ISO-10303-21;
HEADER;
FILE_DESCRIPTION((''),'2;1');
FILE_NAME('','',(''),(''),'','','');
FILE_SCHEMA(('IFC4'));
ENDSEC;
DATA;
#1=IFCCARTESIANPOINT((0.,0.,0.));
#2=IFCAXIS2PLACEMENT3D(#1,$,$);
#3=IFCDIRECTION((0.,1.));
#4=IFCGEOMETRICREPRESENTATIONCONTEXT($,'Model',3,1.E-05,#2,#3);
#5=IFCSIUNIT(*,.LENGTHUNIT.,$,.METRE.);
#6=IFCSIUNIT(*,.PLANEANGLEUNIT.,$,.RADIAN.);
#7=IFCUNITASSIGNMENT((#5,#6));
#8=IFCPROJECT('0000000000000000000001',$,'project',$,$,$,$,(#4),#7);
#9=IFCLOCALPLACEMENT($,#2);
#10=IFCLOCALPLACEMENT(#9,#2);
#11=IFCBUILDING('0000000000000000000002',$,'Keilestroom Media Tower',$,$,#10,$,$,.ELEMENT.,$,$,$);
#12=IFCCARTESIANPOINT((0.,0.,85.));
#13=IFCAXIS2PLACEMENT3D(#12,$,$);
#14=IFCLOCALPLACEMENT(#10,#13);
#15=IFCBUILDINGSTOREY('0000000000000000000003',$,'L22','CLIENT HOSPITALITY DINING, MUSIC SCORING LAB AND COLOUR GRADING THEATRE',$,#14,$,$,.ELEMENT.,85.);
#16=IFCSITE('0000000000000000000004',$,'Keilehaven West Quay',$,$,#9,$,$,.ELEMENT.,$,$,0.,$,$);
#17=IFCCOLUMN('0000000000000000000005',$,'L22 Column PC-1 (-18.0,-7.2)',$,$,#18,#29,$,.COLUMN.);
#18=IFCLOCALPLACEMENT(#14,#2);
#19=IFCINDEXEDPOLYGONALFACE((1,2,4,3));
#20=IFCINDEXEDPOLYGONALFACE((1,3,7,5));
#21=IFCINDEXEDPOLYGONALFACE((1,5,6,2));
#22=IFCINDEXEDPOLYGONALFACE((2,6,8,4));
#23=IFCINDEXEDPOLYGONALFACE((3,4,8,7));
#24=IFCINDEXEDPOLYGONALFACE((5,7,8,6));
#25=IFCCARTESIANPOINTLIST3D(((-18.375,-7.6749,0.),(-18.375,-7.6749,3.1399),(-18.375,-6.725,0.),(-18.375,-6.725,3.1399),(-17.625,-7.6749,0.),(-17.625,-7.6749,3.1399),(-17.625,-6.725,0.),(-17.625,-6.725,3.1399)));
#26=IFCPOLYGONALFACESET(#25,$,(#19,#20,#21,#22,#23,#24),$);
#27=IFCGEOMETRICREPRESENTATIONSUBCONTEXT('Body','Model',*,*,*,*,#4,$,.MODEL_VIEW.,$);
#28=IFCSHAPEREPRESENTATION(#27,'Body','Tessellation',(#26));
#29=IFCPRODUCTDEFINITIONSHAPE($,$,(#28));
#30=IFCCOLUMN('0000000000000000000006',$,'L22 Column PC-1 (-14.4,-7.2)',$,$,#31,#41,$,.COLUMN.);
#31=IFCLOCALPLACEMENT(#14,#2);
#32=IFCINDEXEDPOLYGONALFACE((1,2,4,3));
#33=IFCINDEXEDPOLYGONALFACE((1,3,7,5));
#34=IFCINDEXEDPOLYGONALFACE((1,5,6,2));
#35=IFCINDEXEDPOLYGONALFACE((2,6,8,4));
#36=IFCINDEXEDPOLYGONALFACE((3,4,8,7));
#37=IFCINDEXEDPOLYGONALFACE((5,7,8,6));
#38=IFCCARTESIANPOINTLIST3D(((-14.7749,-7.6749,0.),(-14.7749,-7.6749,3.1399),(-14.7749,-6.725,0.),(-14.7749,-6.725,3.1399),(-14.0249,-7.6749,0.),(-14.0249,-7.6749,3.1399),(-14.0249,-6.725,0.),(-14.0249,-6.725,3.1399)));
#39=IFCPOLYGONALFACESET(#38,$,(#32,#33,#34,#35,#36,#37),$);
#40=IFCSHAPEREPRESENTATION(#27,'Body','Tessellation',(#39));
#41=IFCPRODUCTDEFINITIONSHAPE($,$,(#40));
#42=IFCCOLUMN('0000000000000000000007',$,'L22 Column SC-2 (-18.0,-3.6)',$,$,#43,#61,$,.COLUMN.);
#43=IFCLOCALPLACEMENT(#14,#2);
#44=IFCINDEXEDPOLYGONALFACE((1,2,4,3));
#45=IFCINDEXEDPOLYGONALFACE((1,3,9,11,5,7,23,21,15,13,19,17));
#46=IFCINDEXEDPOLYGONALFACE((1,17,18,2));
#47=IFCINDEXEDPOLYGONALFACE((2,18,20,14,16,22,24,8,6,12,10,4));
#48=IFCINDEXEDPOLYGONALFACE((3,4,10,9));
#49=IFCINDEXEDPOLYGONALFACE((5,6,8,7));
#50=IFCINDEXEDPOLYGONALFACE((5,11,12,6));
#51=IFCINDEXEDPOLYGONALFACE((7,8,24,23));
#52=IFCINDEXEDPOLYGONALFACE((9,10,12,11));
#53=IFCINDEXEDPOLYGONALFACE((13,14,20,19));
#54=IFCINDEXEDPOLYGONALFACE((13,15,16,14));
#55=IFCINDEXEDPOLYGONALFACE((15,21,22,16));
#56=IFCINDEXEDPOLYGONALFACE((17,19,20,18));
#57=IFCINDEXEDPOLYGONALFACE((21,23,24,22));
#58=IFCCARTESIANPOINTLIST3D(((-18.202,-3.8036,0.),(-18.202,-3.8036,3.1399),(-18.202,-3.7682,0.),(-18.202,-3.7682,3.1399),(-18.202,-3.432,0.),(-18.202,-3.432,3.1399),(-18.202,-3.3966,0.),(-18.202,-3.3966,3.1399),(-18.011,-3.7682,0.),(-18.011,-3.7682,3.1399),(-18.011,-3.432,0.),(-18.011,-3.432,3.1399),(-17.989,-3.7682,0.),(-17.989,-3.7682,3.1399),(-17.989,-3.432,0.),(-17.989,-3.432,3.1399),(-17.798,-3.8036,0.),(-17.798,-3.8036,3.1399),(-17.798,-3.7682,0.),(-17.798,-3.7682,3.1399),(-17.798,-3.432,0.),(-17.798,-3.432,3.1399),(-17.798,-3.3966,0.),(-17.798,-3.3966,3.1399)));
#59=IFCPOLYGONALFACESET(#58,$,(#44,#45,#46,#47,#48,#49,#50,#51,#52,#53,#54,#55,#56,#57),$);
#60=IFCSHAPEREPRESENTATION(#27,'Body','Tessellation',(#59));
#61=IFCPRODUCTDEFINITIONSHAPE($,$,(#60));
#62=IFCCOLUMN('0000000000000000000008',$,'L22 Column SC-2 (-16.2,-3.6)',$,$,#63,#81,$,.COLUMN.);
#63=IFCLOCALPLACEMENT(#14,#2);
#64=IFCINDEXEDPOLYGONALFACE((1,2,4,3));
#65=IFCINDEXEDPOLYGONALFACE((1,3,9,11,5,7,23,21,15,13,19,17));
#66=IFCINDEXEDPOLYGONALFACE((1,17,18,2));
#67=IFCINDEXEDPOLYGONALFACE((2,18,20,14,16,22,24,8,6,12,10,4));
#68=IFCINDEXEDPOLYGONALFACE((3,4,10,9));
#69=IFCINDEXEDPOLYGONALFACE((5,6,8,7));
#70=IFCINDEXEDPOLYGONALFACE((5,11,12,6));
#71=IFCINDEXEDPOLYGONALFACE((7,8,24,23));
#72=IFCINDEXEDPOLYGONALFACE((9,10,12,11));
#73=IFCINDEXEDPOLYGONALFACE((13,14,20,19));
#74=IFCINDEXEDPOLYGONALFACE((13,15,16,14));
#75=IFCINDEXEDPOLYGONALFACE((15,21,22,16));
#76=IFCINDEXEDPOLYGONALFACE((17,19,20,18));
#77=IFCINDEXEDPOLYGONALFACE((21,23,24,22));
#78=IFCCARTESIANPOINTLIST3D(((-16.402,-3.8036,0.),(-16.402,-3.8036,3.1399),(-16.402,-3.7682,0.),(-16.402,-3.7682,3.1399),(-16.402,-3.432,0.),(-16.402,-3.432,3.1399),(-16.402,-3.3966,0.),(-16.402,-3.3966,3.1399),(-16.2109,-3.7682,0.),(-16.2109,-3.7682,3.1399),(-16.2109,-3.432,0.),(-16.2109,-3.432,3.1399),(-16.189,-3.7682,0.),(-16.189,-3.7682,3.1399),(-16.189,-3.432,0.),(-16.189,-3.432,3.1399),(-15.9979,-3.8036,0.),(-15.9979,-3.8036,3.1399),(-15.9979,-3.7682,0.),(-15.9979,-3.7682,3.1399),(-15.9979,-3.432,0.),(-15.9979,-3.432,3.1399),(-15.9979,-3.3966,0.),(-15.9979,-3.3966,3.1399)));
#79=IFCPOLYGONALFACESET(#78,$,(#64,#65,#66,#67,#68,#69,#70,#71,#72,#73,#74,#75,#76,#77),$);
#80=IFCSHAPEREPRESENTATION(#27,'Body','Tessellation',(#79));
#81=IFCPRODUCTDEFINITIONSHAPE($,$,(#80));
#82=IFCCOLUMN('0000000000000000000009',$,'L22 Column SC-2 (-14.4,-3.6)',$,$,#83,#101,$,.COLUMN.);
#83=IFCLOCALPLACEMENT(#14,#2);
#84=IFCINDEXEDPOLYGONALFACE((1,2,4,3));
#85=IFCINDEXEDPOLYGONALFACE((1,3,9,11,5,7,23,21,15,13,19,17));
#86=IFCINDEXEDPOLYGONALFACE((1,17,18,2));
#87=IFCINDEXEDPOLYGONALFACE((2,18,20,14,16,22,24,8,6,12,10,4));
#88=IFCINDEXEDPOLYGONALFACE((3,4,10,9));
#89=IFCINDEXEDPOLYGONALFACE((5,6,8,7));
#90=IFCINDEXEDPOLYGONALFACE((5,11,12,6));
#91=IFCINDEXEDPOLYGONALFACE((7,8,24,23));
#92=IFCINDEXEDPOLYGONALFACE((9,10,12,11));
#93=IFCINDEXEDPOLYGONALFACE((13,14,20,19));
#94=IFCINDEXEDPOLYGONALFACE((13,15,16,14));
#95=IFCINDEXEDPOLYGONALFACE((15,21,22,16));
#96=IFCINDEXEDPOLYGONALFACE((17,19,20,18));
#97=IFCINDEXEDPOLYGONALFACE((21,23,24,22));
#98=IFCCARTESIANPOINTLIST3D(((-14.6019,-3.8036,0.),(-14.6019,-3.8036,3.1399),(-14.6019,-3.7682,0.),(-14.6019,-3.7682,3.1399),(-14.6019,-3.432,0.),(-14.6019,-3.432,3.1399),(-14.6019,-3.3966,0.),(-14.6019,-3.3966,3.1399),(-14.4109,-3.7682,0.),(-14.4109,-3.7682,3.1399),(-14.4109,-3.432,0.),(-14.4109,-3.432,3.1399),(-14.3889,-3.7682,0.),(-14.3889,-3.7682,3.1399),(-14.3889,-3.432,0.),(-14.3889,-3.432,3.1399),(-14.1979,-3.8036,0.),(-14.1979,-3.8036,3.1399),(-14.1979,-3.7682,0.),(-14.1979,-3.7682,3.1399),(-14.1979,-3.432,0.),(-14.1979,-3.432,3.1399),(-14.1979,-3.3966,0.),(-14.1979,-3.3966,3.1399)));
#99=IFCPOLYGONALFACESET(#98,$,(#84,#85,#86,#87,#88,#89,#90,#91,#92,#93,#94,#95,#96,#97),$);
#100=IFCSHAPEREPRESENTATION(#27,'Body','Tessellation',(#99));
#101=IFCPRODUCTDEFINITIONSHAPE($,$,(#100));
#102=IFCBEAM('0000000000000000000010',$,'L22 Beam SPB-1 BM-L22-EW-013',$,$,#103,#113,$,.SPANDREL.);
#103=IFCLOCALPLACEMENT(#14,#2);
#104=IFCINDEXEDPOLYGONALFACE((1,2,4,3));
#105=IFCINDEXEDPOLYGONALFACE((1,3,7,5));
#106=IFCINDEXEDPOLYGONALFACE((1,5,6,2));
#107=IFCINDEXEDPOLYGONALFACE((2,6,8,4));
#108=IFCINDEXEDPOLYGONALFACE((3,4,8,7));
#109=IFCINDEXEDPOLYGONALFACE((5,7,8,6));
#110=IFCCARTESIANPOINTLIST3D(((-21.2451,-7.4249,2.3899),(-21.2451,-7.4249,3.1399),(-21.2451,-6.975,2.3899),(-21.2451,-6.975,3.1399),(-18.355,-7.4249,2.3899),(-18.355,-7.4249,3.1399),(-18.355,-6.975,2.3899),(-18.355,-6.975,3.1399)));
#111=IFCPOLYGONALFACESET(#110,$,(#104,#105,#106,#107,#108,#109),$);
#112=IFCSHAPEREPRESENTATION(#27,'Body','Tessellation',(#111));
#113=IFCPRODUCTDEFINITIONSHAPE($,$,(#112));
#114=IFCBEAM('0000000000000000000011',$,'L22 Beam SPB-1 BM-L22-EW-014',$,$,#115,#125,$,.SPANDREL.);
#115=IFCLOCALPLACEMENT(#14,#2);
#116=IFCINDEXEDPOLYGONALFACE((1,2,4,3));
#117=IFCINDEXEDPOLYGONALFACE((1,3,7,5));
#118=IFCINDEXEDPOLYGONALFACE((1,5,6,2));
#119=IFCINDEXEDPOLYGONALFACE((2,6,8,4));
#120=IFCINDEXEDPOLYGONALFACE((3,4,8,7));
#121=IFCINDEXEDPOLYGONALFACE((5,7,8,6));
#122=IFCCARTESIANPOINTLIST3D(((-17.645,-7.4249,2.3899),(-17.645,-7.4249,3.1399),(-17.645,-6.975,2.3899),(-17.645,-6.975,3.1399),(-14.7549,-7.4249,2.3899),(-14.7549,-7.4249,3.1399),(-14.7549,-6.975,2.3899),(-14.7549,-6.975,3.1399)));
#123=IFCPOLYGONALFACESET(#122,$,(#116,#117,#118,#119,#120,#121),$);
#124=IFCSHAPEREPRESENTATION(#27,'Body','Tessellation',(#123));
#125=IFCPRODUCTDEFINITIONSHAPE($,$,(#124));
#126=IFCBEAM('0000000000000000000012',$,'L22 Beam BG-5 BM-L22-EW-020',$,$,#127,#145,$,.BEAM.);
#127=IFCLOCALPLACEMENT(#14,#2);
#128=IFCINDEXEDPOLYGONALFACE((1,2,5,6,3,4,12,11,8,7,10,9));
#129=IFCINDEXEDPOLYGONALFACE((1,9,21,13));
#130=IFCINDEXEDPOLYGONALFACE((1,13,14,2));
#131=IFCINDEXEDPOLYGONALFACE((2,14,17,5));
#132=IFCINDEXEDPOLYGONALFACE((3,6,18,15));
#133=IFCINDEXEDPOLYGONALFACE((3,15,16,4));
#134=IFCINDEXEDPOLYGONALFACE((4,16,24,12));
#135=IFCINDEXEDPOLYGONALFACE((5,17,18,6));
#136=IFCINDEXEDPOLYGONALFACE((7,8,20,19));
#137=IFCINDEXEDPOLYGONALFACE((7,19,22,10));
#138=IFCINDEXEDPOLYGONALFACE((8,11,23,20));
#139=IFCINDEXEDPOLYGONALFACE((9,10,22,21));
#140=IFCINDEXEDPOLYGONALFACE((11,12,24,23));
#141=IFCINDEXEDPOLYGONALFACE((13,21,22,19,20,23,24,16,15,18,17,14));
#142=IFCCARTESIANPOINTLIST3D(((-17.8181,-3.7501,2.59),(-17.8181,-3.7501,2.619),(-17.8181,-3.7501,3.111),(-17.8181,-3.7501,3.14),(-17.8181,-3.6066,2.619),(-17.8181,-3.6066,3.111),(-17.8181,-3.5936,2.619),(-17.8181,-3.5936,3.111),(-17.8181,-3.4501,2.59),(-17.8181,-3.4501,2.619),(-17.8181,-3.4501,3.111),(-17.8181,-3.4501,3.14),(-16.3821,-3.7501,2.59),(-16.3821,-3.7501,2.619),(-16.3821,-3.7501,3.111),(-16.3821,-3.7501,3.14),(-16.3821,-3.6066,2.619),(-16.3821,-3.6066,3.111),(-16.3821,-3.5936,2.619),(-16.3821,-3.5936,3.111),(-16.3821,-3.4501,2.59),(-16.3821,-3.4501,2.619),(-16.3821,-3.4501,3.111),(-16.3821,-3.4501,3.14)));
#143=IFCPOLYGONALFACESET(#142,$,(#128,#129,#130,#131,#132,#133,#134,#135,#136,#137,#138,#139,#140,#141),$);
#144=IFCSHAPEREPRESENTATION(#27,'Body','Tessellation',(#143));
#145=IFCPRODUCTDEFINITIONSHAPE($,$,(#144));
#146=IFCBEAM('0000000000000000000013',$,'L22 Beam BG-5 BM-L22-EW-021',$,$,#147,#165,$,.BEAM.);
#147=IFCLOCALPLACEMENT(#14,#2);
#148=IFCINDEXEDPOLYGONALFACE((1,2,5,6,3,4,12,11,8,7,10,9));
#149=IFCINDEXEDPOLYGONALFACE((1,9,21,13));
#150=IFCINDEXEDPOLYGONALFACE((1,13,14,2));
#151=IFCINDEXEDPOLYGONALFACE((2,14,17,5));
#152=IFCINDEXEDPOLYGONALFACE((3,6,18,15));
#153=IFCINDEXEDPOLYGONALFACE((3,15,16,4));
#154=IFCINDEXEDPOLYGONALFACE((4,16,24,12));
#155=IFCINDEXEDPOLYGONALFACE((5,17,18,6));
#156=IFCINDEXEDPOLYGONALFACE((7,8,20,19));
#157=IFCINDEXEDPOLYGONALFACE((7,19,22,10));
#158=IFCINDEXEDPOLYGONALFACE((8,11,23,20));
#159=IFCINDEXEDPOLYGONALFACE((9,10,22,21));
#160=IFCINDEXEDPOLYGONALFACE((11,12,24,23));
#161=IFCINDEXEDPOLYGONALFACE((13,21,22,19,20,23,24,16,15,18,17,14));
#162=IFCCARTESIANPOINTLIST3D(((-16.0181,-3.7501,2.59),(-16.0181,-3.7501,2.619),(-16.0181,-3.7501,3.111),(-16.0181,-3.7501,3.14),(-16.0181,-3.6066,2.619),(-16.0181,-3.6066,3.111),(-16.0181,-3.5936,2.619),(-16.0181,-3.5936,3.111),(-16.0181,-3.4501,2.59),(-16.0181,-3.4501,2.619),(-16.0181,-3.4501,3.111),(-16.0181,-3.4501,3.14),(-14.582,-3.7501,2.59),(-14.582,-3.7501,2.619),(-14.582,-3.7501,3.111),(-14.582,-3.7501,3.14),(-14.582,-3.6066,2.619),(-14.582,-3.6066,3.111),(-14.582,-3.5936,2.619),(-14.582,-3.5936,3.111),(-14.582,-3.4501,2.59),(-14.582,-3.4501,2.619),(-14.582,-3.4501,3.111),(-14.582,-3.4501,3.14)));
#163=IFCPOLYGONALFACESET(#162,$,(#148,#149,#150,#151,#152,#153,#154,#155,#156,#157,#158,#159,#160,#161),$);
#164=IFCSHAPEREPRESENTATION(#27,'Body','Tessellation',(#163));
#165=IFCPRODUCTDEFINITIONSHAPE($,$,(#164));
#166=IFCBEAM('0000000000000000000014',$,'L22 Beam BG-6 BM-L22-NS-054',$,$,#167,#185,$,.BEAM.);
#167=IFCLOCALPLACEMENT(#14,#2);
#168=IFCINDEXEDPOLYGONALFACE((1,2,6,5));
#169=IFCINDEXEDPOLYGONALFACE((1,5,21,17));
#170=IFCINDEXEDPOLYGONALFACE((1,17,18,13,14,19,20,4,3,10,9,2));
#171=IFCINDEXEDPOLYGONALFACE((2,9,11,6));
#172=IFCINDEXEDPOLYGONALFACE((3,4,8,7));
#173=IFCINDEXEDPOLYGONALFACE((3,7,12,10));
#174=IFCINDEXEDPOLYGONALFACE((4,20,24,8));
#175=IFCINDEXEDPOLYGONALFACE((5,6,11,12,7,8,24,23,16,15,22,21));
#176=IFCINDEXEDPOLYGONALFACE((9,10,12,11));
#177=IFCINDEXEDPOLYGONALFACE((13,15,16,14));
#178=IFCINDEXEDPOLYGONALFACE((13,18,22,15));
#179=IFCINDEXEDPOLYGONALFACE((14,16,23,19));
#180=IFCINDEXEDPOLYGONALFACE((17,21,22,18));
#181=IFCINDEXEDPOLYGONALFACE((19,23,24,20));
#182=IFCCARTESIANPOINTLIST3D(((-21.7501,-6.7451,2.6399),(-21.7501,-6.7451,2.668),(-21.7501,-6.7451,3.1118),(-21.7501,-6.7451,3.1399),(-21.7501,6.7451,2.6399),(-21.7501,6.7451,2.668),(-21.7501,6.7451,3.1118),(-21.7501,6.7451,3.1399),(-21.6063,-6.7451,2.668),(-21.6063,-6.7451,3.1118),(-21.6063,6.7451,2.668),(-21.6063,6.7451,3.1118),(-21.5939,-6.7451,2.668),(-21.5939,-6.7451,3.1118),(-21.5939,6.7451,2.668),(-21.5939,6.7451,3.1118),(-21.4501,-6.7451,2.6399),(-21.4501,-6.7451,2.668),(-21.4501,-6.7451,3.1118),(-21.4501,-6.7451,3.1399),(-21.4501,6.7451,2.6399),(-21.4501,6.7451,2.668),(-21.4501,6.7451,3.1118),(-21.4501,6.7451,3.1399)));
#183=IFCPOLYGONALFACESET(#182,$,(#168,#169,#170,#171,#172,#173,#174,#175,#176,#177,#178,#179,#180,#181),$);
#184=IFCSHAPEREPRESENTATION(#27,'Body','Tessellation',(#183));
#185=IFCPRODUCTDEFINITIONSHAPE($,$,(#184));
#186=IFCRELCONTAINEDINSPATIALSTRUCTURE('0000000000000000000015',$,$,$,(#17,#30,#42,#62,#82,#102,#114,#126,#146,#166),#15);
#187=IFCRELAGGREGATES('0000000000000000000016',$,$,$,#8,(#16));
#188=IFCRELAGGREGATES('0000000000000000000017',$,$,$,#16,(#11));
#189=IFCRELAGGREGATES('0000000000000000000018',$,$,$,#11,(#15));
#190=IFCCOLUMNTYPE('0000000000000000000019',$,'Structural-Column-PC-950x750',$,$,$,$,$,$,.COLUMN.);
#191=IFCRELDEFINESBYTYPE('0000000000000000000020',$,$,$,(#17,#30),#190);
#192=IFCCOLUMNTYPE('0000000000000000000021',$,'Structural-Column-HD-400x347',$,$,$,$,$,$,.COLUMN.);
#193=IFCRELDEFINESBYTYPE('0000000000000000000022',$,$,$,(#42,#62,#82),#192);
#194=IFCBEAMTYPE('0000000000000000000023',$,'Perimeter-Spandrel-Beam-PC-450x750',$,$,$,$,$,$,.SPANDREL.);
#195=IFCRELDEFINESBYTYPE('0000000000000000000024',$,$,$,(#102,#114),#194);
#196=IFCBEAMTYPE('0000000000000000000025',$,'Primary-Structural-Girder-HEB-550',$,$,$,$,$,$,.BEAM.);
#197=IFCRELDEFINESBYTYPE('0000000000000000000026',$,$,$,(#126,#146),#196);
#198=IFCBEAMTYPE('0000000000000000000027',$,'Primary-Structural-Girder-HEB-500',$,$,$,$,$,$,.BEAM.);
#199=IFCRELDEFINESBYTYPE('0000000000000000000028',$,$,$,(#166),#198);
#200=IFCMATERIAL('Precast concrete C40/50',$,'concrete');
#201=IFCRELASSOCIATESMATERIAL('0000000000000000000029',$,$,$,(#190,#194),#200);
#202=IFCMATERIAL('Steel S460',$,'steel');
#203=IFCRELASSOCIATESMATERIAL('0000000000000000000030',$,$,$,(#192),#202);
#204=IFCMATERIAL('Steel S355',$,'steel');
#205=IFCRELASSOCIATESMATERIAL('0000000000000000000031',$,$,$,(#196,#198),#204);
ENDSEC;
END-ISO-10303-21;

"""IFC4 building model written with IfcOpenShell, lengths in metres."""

from ifc_helpers import new_model, si_unit, direction, frame, origin, origin_2d, place, context, subcontext, project, spatial, rectangle, i_section, extrude, source, transform, mapped, material, material_profile, profile_set, type_object, element, save


model = new_model("IFC4")

# Units and contexts
model_context = context("Model", 3, precision=1e-05, world=origin(), true_north=direction((0.0, 1.0)))
body_context = subcontext(model_context, "Body", "Model", "MODEL_VIEW")
ifc_project = project(units=[si_unit("LENGTHUNIT", "METRE"), si_unit("PLANEANGLEUNIT", "RADIAN")], contexts=[model_context])

# Site, building, storey
site_placement = place(None, origin())
site = spatial("IfcSite", under=ifc_project, at=site_placement, Name="Keilehaven West Quay", CompositionType="ELEMENT", RefElevation=0.0)
building_placement = place(site_placement, origin())
building = spatial("IfcBuilding", under=site, at=building_placement, Name="Keilestroom Media Tower", CompositionType="ELEMENT")
storey_placement = place(building_placement, frame((0.0, 0.0, 85.0)))
storey = spatial("IfcBuildingStorey", under=building, at=storey_placement, Name="L22", Description="CLIENT HOSPITALITY DINING, MUSIC SCORING LAB AND COLOUR GRADING THEATRE", CompositionType="ELEMENT", Elevation=85.0)

# Columns
ifc_material_1 = material(Name="Precast concrete C40/50", Category="concrete")
ifc_material_profile_1 = material_profile(ifc_material_1, rectangle(XDim=0.75, YDim=0.95, at=origin_2d()), Name="PC 950x750")
ifc_profile_set_1 = profile_set([ifc_material_profile_1], Name="Precast concrete C40/50")
column_type_1 = type_object("IfcColumnType", Name="Structural-Column-PC-950x750", PredefinedType="COLUMN", material=ifc_profile_set_1)
shared_shape_1 = source(origin(), body_context, "Body", "SweptSolid", [
    extrude(rectangle(XDim=0.75, YDim=0.95, at=origin_2d()), origin(), (0.0, 0.0, 1.0), 3.1399),
])
for number, where, z_axis, x_axis, name in (
    (1, (-18.0, -7.2, 0.0), (0.0, 0.0, 1.0), (1.0, 0.0, 0.0), "L22 Column PC-1 (-18.0,-7.2)"),
    (2, (-14.3999, -7.2, 0.0), (0.0, 0.0, 1.0), (1.0, 0.0, 0.0), "L22 Column PC-1 (-14.4,-7.2)"),
):
    element("IfcColumn", number, at=place(storey_placement, frame(where, z_axis=z_axis, x_axis=x_axis)), inside=storey, type_object=column_type_1, Name=name, PredefinedType="COLUMN", context=body_context, shape_type="MappedRepresentation", body=[
        mapped(shared_shape_1, transform((0.0, 0.0, 0.0), x_axis=(1.0, 0.0, 0.0), y_axis=(0.0, 1.0, 0.0), z_axis=(0.0, 0.0, 1.0), scale=1.0)),
    ])
ifc_material_2 = material(Name="Steel S460", Category="steel")
ifc_material_profile_2 = material_profile(ifc_material_2, i_section(OverallWidth=0.4041, OverallDepth=0.407, WebThickness=0.022, FlangeThickness=0.0354, at=origin_2d()), Name="HD 400x347")
ifc_profile_set_2 = profile_set([ifc_material_profile_2], Name="Steel S460")
column_type_2 = type_object("IfcColumnType", Name="Structural-Column-HD-400x347", PredefinedType="COLUMN", material=ifc_profile_set_2)
shared_shape_2 = source(origin(), body_context, "Body", "SweptSolid", [
    extrude(i_section(OverallWidth=0.4041, OverallDepth=0.407, WebThickness=0.022, FlangeThickness=0.0354, at=origin_2d()), origin(), (0.0, 0.0, 1.0), 3.1399),
])
for number, where, z_axis, x_axis, name in (
    (3, (-18.0, -3.6001, 0.0), (0.0, 0.0, 1.0), (1.0, 0.0, 0.0), "L22 Column SC-2 (-18.0,-3.6)"),
    (4, (-16.2, -3.6001, 0.0), (0.0, 0.0, 1.0), (1.0, 0.0, 0.0), "L22 Column SC-2 (-16.2,-3.6)"),
    (5, (-14.3999, -3.6001, 0.0), (0.0, 0.0, 1.0), (1.0, 0.0, 0.0), "L22 Column SC-2 (-14.4,-3.6)"),
):
    element("IfcColumn", number, at=place(storey_placement, frame(where, z_axis=z_axis, x_axis=x_axis)), inside=storey, type_object=column_type_2, Name=name, PredefinedType="COLUMN", context=body_context, shape_type="MappedRepresentation", body=[
        mapped(shared_shape_2, transform((0.0, 0.0, 0.0), x_axis=(1.0, 0.0, 0.0), y_axis=(0.0, 1.0, 0.0), z_axis=(0.0, 0.0, 1.0), scale=1.0)),
    ])

# Beams
ifc_material_profile_3 = material_profile(ifc_material_1, rectangle(XDim=0.45, YDim=0.75, at=origin_2d()), Name="PC 450x750")
ifc_profile_set_3 = profile_set([ifc_material_profile_3], Name="Precast concrete C40/50")
beam_type_1 = type_object("IfcBeamType", Name="Perimeter-Spandrel-Beam-PC-450x750", PredefinedType="SPANDREL", material=ifc_profile_set_3)
shared_shape_3 = source(origin(), body_context, "Body", "SweptSolid", [
    extrude(rectangle(XDim=0.45, YDim=0.75, at=origin_2d()), origin(), (0.0, 0.0, 1.0), 2.8901),
])
for number, where, z_axis, x_axis, name in (
    (6, (-21.2451, -7.2, 2.7649), (1.0, 0.0, 0.0), (0.0, 1.0, 0.0), "L22 Beam SPB-1 BM-L22-EW-013"),
    (7, (-17.645, -7.2, 2.7649), (1.0, 0.0, 0.0), (0.0, 1.0, 0.0), "L22 Beam SPB-1 BM-L22-EW-014"),
):
    element("IfcBeam", number, at=place(storey_placement, frame(where, z_axis=z_axis, x_axis=x_axis)), inside=storey, type_object=beam_type_1, Name=name, PredefinedType="SPANDREL", context=body_context, shape_type="MappedRepresentation", body=[
        mapped(shared_shape_3, transform((0.0, 0.0, 0.0), x_axis=(1.0, 0.0, 0.0), y_axis=(0.0, 1.0, 0.0), z_axis=(0.0, 0.0, 1.0), scale=1.0)),
    ])
ifc_material_3 = material(Name="Steel S355", Category="steel")
ifc_material_profile_4 = material_profile(ifc_material_3, i_section(OverallWidth=0.3, OverallDepth=0.55, WebThickness=0.0129, FlangeThickness=0.0291, at=origin_2d()), Name="HEB 550")
ifc_profile_set_4 = profile_set([ifc_material_profile_4], Name="Steel S355")
beam_type_2 = type_object("IfcBeamType", Name="Primary-Structural-Girder-HEB-550", PredefinedType="BEAM", material=ifc_profile_set_4)
shared_shape_4 = source(origin(), body_context, "Body", "SweptSolid", [
    extrude(i_section(OverallWidth=0.3, OverallDepth=0.55, WebThickness=0.0129, FlangeThickness=0.0291, at=origin_2d()), origin(), (0.0, 0.0, 1.0), 1.436),
])
for number, where, z_axis, x_axis, name in (
    (8, (-17.8181, -3.6001, 2.865), (1.0, 0.0, 0.0), (0.0, 1.0, 0.0), "L22 Beam BG-5 BM-L22-EW-020"),
    (9, (-16.0181, -3.6001, 2.865), (1.0, 0.0, 0.0), (0.0, 1.0, 0.0), "L22 Beam BG-5 BM-L22-EW-021"),
):
    element("IfcBeam", number, at=place(storey_placement, frame(where, z_axis=z_axis, x_axis=x_axis)), inside=storey, type_object=beam_type_2, Name=name, PredefinedType="BEAM", context=body_context, shape_type="MappedRepresentation", body=[
        mapped(shared_shape_4, transform((0.0, 0.0, 0.0), x_axis=(1.0, 0.0, 0.0), y_axis=(0.0, 1.0, 0.0), z_axis=(0.0, 0.0, 1.0), scale=1.0)),
    ])
ifc_material_profile_5 = material_profile(ifc_material_3, i_section(OverallWidth=0.3, OverallDepth=0.5, WebThickness=0.0125, FlangeThickness=0.0281, at=origin_2d()), Name="HEB 500")
ifc_profile_set_5 = profile_set([ifc_material_profile_5], Name="Steel S355")
beam_type_3 = type_object("IfcBeamType", Name="Primary-Structural-Girder-HEB-500", PredefinedType="BEAM", material=ifc_profile_set_5)
shared_shape_5 = source(origin(), body_context, "Body", "SweptSolid", [
    extrude(i_section(OverallWidth=0.3, OverallDepth=0.5, WebThickness=0.0125, FlangeThickness=0.0281, at=origin_2d()), origin(), (0.0, 0.0, 1.0), 13.4902),
])
beam_placement = place(storey_placement, frame((-21.6001, -6.7451, 2.8899), z_axis=(0.0, 1.0, 0.0), x_axis=(-1.0, 0.0, 0.0)))
element("IfcBeam", 10, at=beam_placement, inside=storey, type_object=beam_type_3, Name="L22 Beam BG-6 BM-L22-NS-054", PredefinedType="BEAM", context=body_context, shape_type="MappedRepresentation", body=[
    mapped(shared_shape_5, transform((0.0, 0.0, 0.0), x_axis=(1.0, 0.0, 0.0), y_axis=(0.0, 1.0, 0.0), z_axis=(0.0, 0.0, 1.0), scale=1.0)),
])

save(model, "model.ifc")
